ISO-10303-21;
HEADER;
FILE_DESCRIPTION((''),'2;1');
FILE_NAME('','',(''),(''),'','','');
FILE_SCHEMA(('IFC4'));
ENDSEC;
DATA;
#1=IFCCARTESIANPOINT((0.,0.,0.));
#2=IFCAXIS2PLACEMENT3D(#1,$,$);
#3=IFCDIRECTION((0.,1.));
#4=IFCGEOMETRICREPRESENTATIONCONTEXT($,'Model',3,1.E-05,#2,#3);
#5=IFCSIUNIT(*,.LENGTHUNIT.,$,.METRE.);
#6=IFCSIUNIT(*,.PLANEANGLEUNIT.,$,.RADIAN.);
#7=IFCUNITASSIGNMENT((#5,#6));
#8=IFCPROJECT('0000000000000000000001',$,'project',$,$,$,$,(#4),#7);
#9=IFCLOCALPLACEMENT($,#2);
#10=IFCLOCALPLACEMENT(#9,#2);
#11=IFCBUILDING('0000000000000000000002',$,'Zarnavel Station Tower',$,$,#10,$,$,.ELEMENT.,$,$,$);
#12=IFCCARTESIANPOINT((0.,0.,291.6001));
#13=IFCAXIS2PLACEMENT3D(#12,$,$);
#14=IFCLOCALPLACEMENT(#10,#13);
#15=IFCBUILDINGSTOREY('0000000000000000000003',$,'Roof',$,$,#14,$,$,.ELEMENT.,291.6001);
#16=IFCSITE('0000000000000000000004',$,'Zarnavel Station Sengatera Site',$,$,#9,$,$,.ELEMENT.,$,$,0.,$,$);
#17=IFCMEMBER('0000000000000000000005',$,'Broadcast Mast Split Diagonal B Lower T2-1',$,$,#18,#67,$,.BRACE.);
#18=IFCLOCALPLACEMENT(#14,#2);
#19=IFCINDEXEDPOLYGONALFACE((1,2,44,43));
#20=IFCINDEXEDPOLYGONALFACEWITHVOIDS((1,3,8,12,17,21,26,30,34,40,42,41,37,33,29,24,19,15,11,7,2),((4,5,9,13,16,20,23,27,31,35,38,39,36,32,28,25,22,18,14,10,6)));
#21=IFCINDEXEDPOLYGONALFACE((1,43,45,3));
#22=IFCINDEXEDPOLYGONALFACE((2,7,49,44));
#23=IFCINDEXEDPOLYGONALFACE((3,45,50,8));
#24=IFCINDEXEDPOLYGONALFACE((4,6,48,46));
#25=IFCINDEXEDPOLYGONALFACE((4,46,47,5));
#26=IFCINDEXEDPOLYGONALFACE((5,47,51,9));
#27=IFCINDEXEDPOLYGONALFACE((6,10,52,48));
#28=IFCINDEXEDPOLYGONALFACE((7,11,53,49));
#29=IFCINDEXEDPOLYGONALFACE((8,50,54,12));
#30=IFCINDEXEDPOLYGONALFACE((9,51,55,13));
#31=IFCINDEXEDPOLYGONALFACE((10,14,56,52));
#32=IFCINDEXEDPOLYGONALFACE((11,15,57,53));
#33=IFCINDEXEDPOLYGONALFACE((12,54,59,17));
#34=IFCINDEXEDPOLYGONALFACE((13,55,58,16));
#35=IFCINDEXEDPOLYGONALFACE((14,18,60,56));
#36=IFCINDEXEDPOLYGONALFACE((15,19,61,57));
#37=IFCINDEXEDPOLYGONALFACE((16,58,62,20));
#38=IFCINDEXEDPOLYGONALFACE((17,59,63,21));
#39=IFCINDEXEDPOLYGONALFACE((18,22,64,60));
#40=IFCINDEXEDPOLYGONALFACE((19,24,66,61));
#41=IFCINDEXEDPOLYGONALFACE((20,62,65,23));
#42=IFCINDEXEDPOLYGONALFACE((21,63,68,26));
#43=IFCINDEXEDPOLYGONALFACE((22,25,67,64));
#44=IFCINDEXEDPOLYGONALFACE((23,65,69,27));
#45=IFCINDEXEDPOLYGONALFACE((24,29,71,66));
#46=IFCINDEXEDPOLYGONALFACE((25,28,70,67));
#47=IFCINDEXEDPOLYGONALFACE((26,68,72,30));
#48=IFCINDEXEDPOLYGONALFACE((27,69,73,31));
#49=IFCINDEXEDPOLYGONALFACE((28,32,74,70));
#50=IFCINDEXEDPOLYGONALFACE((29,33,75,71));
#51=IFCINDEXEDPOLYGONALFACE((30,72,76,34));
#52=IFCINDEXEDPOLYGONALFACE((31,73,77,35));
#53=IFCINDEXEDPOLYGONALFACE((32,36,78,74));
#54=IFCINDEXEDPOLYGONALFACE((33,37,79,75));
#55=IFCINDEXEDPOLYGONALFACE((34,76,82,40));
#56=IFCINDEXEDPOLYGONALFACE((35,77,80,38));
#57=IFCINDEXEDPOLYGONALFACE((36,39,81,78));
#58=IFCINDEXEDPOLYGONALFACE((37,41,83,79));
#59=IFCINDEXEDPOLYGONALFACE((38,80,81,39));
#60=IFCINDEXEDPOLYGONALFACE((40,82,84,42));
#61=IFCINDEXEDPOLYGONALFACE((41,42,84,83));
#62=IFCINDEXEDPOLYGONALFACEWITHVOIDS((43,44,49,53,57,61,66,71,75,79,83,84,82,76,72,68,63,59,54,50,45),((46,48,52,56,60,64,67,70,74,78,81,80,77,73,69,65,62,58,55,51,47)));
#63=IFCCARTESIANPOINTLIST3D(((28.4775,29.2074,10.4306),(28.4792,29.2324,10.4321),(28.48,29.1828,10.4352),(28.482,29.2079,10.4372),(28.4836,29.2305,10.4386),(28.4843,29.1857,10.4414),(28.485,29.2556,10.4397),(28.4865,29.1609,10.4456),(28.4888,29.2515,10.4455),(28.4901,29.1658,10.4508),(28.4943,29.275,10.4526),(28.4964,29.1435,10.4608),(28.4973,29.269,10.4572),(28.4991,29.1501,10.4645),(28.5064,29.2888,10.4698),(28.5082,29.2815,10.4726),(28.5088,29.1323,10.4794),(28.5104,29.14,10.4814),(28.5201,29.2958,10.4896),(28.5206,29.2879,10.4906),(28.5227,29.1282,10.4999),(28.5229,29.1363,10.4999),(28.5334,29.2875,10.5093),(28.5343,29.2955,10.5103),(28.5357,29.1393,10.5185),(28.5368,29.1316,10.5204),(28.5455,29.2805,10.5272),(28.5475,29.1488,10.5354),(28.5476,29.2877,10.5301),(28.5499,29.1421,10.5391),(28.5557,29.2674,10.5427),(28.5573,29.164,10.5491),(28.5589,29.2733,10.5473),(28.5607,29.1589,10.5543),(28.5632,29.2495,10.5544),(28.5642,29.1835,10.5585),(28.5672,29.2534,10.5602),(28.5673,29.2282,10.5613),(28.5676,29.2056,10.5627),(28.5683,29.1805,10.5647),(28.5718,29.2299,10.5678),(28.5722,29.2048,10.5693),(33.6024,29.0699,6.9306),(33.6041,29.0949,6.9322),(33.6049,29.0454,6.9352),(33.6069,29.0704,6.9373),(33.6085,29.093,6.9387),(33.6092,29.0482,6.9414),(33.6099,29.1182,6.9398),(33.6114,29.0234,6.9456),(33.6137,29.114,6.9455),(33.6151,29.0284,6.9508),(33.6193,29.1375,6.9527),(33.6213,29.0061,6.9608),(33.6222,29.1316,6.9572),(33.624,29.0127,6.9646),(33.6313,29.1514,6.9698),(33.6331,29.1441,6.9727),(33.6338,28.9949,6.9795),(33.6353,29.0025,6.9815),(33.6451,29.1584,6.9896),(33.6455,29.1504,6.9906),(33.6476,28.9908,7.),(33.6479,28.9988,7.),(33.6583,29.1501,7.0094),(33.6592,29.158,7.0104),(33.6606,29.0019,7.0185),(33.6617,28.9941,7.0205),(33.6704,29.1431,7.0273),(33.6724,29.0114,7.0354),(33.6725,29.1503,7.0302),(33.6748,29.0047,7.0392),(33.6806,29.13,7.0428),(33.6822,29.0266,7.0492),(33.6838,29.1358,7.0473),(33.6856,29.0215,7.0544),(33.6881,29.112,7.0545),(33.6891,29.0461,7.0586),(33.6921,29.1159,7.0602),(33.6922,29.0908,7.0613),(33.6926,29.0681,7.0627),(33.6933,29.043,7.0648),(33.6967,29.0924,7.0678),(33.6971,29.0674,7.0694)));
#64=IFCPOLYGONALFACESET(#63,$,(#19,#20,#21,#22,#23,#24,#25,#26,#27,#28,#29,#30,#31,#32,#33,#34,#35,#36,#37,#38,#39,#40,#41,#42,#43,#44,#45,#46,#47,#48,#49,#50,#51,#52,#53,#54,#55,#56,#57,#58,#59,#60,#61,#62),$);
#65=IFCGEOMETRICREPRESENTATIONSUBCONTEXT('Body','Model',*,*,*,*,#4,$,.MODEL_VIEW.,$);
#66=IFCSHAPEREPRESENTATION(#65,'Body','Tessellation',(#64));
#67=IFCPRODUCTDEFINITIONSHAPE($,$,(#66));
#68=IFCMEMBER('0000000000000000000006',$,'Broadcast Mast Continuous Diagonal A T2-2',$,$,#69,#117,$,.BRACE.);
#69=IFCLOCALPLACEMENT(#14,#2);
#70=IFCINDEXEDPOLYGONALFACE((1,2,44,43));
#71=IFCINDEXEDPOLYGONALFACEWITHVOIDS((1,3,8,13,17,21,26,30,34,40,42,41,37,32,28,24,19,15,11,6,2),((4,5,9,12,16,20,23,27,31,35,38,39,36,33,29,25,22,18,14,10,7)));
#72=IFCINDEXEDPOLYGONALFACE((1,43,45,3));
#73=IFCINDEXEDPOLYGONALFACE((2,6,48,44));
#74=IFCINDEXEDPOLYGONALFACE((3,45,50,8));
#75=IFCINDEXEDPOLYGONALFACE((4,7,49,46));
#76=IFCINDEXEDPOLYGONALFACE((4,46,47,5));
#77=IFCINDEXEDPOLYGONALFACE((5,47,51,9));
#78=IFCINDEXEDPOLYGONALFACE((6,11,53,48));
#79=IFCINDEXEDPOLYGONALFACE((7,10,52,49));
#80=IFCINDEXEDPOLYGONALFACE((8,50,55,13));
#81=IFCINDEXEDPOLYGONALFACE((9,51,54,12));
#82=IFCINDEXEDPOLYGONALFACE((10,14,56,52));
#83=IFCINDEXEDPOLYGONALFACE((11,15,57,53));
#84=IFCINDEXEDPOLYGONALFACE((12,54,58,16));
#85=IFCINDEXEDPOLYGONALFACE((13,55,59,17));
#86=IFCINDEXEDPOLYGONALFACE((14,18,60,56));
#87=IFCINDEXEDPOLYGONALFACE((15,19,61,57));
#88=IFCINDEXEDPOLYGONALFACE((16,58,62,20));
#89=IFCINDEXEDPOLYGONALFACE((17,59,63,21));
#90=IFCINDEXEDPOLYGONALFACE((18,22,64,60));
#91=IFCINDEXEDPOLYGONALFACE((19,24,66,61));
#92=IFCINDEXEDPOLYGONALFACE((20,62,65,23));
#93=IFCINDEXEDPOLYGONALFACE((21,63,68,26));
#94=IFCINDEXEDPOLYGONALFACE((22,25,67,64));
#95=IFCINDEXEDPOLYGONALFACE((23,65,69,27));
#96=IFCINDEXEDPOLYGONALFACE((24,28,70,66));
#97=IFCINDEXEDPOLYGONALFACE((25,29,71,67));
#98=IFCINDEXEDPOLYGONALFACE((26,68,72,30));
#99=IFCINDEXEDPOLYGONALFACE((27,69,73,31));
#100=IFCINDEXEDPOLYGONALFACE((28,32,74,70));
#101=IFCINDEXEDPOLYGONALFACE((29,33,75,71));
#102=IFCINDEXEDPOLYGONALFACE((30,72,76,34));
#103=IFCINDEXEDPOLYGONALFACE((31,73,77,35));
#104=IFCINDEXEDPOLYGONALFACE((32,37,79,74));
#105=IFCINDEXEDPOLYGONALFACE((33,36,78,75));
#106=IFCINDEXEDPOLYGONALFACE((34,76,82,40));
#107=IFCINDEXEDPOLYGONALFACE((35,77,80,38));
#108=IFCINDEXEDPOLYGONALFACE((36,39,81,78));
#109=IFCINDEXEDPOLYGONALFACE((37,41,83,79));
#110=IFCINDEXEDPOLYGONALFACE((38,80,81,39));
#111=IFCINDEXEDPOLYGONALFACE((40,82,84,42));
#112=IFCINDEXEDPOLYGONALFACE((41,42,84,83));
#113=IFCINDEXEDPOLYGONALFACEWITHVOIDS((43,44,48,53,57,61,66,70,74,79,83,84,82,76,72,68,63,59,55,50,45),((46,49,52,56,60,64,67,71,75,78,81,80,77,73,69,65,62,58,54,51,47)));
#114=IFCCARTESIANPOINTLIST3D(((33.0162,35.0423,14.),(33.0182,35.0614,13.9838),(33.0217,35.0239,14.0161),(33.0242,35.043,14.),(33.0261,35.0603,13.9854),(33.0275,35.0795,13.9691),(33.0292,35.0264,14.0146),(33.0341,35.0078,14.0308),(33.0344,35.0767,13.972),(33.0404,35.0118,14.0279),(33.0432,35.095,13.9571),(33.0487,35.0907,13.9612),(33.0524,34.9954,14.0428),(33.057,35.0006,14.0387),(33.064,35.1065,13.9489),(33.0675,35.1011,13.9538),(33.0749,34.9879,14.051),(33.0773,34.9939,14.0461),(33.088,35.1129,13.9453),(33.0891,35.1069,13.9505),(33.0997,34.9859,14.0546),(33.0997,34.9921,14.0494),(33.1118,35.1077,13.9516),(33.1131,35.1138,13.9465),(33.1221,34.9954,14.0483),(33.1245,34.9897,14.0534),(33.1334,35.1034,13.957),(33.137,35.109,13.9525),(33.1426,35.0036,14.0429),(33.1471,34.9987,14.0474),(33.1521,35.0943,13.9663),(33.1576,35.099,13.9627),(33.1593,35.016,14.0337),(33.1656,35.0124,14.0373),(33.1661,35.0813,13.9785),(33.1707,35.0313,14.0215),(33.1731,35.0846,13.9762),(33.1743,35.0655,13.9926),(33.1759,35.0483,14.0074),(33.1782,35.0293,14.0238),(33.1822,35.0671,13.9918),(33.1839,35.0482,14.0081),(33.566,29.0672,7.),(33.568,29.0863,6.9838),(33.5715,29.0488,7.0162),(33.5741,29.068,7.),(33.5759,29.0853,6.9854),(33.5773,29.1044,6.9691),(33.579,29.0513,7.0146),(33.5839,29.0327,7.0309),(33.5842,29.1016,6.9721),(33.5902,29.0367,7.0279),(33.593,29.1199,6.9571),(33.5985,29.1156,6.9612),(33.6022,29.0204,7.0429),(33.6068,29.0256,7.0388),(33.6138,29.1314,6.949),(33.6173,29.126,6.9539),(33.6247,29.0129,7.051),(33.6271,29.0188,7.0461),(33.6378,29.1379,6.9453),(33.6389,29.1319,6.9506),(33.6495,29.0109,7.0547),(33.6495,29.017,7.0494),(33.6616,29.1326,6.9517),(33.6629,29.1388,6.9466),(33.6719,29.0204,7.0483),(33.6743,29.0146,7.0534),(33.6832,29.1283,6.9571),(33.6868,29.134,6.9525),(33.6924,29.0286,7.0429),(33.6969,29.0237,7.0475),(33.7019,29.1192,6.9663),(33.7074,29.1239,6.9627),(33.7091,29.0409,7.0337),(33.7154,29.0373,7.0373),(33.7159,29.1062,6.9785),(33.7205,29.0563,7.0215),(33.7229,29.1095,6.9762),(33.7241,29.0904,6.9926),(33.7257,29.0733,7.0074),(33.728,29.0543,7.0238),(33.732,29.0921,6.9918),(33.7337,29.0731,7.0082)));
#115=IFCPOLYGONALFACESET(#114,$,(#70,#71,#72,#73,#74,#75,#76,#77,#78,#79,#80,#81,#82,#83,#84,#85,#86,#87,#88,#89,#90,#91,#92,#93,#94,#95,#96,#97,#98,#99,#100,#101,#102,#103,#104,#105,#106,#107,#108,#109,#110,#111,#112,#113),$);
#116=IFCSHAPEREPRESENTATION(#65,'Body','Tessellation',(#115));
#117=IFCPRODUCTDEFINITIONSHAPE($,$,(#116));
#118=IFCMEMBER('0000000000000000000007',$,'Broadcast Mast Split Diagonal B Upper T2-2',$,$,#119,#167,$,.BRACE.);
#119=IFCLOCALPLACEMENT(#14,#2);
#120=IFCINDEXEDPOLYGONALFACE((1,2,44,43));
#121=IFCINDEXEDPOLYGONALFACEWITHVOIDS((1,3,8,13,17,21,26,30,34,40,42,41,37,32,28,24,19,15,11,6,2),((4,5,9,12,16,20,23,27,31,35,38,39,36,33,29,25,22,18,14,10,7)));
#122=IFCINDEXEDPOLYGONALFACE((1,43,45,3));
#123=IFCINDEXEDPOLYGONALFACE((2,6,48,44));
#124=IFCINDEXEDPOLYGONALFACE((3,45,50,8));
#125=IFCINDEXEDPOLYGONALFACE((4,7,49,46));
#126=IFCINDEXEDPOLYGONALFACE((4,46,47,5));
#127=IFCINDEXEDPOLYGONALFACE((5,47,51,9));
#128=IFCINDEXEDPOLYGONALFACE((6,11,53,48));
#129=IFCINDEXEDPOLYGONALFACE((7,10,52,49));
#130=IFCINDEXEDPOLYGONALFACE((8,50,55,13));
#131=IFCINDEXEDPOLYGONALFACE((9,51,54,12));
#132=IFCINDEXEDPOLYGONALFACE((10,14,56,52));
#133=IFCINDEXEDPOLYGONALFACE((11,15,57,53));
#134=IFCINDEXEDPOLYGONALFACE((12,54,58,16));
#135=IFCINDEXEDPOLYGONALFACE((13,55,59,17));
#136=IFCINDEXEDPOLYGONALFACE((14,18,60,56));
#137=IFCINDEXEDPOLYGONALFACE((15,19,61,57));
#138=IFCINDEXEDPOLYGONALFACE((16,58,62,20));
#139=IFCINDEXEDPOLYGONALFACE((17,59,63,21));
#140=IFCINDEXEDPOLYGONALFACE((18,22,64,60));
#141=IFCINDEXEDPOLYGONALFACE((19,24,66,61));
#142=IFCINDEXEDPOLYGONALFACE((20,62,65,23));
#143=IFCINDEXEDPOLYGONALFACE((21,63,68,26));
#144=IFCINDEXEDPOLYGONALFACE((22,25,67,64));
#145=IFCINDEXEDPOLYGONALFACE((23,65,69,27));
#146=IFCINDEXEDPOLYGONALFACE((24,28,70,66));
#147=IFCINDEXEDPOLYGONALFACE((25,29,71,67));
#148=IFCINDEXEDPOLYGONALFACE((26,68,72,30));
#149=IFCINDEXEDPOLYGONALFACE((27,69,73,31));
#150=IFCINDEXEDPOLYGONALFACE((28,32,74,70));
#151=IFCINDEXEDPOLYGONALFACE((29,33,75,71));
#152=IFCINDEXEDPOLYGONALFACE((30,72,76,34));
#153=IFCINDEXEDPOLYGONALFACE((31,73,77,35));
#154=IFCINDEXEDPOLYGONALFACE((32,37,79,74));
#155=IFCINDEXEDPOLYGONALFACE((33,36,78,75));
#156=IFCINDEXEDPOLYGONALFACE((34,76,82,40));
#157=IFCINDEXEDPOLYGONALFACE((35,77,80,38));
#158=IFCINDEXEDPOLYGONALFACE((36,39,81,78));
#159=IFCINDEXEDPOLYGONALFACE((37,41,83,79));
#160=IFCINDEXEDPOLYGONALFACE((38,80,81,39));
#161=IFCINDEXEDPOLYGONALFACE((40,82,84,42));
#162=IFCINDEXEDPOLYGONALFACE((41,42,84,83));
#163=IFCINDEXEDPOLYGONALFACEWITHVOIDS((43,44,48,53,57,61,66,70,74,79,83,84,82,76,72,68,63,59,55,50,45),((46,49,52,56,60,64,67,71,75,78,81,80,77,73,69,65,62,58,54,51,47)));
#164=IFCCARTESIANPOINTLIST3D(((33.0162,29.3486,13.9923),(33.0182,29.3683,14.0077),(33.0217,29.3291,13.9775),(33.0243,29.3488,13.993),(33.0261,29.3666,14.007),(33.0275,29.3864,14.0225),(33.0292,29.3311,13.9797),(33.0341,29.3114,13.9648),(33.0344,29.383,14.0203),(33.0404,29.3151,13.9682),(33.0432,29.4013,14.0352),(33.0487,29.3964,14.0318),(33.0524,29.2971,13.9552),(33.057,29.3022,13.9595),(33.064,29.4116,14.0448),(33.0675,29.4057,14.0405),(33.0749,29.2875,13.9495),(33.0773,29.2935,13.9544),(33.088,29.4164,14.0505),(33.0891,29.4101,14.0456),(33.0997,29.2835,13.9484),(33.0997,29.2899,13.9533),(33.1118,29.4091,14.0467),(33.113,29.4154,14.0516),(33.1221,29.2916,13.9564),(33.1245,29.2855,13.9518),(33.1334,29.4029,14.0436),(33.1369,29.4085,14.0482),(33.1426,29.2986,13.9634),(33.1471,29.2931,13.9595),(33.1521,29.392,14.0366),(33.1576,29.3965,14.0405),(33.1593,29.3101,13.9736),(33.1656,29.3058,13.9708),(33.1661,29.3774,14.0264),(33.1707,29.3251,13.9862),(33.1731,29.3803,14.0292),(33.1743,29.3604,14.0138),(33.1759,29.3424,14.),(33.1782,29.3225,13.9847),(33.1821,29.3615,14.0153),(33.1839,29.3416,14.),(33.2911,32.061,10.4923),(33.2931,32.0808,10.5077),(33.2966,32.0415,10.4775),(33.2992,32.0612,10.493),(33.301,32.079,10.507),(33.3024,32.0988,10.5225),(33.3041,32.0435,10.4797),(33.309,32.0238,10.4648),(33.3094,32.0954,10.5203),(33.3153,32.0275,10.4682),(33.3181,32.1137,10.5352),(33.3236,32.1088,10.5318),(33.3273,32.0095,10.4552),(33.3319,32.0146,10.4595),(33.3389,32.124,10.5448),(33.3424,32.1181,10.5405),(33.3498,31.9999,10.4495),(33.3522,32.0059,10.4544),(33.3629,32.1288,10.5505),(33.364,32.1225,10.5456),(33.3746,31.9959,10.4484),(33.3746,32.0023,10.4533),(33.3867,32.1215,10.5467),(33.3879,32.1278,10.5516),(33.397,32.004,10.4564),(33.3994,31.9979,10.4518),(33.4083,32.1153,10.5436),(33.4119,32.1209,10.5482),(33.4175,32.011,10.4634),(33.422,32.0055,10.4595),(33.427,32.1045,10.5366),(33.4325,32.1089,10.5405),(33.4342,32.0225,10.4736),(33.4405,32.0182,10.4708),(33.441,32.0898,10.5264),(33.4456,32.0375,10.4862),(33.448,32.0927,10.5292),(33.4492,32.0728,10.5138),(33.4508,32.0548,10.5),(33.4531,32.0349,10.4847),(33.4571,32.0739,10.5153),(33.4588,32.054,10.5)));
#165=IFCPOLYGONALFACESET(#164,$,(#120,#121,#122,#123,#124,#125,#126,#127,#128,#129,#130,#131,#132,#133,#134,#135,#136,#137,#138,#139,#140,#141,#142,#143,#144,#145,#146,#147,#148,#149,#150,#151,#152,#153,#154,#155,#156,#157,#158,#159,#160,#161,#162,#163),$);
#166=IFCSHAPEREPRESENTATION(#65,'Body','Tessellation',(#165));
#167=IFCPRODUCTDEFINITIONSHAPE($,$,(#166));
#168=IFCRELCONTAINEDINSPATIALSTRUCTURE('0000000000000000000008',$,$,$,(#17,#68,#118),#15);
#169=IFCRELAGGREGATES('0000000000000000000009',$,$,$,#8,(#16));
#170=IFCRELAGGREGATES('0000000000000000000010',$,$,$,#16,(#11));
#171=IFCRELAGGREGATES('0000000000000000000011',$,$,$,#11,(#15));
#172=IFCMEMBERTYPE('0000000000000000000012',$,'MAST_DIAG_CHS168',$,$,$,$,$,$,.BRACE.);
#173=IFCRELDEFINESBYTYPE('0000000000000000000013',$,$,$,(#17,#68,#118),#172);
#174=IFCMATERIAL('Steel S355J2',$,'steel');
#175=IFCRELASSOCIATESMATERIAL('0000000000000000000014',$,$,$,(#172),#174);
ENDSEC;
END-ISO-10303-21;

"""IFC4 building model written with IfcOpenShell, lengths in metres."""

from ifc_helpers import new_model, si_unit, direction, frame, origin, origin_2d, place, context, subcontext, project, spatial, hollow_circle, extrude, material, material_profile, profile_set, type_object, element, save


model = new_model("IFC4")

# Units and contexts
model_context = context("Model", 3, precision=1e-05, world=origin(), true_north=direction((0.0, 1.0)))
body_context = subcontext(model_context, "Body", "Model", "MODEL_VIEW")
ifc_project = project(units=[si_unit("LENGTHUNIT", "METRE"), si_unit("PLANEANGLEUNIT", "RADIAN")], contexts=[model_context])

# Site, building, storey
site_placement = place(None, origin())
site = spatial("IfcSite", under=ifc_project, at=site_placement, Name="Zarnavel Station Sengatera Site", CompositionType="ELEMENT", RefElevation=0.0)
building_placement = place(site_placement, origin())
building = spatial("IfcBuilding", under=site, at=building_placement, Name="Zarnavel Station Tower", CompositionType="ELEMENT")
storey_placement = place(building_placement, frame((0.0, 0.0, 291.6001)))
storey = spatial("IfcBuildingStorey", under=building, at=storey_placement, Name="Roof", CompositionType="ELEMENT", Elevation=291.6001)

# Members
ifc_material_1 = material(Name="Steel S355J2", Category="steel")
ifc_material_profile_1 = material_profile(ifc_material_1, hollow_circle(Radius=0.0842, WallThickness=0.0081, at=origin_2d()), Name="CHS168.3x8")
ifc_profile_set_1 = profile_set([ifc_material_profile_1], Name="Steel S355J2")
member_type_1 = type_object("IfcMemberType", Name="MAST_DIAG_CHS168", PredefinedType="BRACE", material=ifc_profile_set_1)
member_1_placement = place(storey_placement, frame((33.6499, 29.075, 7.0), z_axis=(-0.825599, 0.022142, 0.563823), x_axis=(-0.02681, -0.999641, 0.0)))
element("IfcMember", 1, at=member_1_placement, inside=storey, type_object=member_type_1, Name="Broadcast Mast Split Diagonal B Lower T2-1", PredefinedType="BRACE", context=body_context, shape_type="SweptSolid", body=[
    extrude(hollow_circle(Radius=0.0842, WallThickness=0.0081, at=origin_2d()), origin(), (0.0, 0.0, 1.0), 6.2075),
])
member_2_placement = place(storey_placement, frame((33.6499, 29.075, 7.0), z_axis=(-0.059633, 0.648075, 0.759238), x_axis=(-0.995793, -0.091629, 0.0)))
element("IfcMember", 2, at=member_2_placement, inside=storey, type_object=member_type_1, Name="Broadcast Mast Continuous Diagonal A T2-2", PredefinedType="BRACE", context=body_context, shape_type="SweptSolid", body=[
    extrude(hollow_circle(Radius=0.0842, WallThickness=0.0081, at=origin_2d()), origin(), (0.0, 0.0, 1.0), 9.2197),
])
member_3_placement = place(storey_placement, frame((33.375, 32.0625, 10.5), z_axis=(-0.061964, -0.611381, 0.788907), x_axis=(0.994903, -0.100834, 0.0)))
element("IfcMember", 3, at=member_3_placement, inside=storey, type_object=member_type_1, Name="Broadcast Mast Split Diagonal B Upper T2-2", PredefinedType="BRACE", context=body_context, shape_type="SweptSolid", body=[
    extrude(hollow_circle(Radius=0.0842, WallThickness=0.0081, at=origin_2d()), origin(), (0.0, 0.0, 1.0), 4.4365),
])

save(model, "model.ifc")
